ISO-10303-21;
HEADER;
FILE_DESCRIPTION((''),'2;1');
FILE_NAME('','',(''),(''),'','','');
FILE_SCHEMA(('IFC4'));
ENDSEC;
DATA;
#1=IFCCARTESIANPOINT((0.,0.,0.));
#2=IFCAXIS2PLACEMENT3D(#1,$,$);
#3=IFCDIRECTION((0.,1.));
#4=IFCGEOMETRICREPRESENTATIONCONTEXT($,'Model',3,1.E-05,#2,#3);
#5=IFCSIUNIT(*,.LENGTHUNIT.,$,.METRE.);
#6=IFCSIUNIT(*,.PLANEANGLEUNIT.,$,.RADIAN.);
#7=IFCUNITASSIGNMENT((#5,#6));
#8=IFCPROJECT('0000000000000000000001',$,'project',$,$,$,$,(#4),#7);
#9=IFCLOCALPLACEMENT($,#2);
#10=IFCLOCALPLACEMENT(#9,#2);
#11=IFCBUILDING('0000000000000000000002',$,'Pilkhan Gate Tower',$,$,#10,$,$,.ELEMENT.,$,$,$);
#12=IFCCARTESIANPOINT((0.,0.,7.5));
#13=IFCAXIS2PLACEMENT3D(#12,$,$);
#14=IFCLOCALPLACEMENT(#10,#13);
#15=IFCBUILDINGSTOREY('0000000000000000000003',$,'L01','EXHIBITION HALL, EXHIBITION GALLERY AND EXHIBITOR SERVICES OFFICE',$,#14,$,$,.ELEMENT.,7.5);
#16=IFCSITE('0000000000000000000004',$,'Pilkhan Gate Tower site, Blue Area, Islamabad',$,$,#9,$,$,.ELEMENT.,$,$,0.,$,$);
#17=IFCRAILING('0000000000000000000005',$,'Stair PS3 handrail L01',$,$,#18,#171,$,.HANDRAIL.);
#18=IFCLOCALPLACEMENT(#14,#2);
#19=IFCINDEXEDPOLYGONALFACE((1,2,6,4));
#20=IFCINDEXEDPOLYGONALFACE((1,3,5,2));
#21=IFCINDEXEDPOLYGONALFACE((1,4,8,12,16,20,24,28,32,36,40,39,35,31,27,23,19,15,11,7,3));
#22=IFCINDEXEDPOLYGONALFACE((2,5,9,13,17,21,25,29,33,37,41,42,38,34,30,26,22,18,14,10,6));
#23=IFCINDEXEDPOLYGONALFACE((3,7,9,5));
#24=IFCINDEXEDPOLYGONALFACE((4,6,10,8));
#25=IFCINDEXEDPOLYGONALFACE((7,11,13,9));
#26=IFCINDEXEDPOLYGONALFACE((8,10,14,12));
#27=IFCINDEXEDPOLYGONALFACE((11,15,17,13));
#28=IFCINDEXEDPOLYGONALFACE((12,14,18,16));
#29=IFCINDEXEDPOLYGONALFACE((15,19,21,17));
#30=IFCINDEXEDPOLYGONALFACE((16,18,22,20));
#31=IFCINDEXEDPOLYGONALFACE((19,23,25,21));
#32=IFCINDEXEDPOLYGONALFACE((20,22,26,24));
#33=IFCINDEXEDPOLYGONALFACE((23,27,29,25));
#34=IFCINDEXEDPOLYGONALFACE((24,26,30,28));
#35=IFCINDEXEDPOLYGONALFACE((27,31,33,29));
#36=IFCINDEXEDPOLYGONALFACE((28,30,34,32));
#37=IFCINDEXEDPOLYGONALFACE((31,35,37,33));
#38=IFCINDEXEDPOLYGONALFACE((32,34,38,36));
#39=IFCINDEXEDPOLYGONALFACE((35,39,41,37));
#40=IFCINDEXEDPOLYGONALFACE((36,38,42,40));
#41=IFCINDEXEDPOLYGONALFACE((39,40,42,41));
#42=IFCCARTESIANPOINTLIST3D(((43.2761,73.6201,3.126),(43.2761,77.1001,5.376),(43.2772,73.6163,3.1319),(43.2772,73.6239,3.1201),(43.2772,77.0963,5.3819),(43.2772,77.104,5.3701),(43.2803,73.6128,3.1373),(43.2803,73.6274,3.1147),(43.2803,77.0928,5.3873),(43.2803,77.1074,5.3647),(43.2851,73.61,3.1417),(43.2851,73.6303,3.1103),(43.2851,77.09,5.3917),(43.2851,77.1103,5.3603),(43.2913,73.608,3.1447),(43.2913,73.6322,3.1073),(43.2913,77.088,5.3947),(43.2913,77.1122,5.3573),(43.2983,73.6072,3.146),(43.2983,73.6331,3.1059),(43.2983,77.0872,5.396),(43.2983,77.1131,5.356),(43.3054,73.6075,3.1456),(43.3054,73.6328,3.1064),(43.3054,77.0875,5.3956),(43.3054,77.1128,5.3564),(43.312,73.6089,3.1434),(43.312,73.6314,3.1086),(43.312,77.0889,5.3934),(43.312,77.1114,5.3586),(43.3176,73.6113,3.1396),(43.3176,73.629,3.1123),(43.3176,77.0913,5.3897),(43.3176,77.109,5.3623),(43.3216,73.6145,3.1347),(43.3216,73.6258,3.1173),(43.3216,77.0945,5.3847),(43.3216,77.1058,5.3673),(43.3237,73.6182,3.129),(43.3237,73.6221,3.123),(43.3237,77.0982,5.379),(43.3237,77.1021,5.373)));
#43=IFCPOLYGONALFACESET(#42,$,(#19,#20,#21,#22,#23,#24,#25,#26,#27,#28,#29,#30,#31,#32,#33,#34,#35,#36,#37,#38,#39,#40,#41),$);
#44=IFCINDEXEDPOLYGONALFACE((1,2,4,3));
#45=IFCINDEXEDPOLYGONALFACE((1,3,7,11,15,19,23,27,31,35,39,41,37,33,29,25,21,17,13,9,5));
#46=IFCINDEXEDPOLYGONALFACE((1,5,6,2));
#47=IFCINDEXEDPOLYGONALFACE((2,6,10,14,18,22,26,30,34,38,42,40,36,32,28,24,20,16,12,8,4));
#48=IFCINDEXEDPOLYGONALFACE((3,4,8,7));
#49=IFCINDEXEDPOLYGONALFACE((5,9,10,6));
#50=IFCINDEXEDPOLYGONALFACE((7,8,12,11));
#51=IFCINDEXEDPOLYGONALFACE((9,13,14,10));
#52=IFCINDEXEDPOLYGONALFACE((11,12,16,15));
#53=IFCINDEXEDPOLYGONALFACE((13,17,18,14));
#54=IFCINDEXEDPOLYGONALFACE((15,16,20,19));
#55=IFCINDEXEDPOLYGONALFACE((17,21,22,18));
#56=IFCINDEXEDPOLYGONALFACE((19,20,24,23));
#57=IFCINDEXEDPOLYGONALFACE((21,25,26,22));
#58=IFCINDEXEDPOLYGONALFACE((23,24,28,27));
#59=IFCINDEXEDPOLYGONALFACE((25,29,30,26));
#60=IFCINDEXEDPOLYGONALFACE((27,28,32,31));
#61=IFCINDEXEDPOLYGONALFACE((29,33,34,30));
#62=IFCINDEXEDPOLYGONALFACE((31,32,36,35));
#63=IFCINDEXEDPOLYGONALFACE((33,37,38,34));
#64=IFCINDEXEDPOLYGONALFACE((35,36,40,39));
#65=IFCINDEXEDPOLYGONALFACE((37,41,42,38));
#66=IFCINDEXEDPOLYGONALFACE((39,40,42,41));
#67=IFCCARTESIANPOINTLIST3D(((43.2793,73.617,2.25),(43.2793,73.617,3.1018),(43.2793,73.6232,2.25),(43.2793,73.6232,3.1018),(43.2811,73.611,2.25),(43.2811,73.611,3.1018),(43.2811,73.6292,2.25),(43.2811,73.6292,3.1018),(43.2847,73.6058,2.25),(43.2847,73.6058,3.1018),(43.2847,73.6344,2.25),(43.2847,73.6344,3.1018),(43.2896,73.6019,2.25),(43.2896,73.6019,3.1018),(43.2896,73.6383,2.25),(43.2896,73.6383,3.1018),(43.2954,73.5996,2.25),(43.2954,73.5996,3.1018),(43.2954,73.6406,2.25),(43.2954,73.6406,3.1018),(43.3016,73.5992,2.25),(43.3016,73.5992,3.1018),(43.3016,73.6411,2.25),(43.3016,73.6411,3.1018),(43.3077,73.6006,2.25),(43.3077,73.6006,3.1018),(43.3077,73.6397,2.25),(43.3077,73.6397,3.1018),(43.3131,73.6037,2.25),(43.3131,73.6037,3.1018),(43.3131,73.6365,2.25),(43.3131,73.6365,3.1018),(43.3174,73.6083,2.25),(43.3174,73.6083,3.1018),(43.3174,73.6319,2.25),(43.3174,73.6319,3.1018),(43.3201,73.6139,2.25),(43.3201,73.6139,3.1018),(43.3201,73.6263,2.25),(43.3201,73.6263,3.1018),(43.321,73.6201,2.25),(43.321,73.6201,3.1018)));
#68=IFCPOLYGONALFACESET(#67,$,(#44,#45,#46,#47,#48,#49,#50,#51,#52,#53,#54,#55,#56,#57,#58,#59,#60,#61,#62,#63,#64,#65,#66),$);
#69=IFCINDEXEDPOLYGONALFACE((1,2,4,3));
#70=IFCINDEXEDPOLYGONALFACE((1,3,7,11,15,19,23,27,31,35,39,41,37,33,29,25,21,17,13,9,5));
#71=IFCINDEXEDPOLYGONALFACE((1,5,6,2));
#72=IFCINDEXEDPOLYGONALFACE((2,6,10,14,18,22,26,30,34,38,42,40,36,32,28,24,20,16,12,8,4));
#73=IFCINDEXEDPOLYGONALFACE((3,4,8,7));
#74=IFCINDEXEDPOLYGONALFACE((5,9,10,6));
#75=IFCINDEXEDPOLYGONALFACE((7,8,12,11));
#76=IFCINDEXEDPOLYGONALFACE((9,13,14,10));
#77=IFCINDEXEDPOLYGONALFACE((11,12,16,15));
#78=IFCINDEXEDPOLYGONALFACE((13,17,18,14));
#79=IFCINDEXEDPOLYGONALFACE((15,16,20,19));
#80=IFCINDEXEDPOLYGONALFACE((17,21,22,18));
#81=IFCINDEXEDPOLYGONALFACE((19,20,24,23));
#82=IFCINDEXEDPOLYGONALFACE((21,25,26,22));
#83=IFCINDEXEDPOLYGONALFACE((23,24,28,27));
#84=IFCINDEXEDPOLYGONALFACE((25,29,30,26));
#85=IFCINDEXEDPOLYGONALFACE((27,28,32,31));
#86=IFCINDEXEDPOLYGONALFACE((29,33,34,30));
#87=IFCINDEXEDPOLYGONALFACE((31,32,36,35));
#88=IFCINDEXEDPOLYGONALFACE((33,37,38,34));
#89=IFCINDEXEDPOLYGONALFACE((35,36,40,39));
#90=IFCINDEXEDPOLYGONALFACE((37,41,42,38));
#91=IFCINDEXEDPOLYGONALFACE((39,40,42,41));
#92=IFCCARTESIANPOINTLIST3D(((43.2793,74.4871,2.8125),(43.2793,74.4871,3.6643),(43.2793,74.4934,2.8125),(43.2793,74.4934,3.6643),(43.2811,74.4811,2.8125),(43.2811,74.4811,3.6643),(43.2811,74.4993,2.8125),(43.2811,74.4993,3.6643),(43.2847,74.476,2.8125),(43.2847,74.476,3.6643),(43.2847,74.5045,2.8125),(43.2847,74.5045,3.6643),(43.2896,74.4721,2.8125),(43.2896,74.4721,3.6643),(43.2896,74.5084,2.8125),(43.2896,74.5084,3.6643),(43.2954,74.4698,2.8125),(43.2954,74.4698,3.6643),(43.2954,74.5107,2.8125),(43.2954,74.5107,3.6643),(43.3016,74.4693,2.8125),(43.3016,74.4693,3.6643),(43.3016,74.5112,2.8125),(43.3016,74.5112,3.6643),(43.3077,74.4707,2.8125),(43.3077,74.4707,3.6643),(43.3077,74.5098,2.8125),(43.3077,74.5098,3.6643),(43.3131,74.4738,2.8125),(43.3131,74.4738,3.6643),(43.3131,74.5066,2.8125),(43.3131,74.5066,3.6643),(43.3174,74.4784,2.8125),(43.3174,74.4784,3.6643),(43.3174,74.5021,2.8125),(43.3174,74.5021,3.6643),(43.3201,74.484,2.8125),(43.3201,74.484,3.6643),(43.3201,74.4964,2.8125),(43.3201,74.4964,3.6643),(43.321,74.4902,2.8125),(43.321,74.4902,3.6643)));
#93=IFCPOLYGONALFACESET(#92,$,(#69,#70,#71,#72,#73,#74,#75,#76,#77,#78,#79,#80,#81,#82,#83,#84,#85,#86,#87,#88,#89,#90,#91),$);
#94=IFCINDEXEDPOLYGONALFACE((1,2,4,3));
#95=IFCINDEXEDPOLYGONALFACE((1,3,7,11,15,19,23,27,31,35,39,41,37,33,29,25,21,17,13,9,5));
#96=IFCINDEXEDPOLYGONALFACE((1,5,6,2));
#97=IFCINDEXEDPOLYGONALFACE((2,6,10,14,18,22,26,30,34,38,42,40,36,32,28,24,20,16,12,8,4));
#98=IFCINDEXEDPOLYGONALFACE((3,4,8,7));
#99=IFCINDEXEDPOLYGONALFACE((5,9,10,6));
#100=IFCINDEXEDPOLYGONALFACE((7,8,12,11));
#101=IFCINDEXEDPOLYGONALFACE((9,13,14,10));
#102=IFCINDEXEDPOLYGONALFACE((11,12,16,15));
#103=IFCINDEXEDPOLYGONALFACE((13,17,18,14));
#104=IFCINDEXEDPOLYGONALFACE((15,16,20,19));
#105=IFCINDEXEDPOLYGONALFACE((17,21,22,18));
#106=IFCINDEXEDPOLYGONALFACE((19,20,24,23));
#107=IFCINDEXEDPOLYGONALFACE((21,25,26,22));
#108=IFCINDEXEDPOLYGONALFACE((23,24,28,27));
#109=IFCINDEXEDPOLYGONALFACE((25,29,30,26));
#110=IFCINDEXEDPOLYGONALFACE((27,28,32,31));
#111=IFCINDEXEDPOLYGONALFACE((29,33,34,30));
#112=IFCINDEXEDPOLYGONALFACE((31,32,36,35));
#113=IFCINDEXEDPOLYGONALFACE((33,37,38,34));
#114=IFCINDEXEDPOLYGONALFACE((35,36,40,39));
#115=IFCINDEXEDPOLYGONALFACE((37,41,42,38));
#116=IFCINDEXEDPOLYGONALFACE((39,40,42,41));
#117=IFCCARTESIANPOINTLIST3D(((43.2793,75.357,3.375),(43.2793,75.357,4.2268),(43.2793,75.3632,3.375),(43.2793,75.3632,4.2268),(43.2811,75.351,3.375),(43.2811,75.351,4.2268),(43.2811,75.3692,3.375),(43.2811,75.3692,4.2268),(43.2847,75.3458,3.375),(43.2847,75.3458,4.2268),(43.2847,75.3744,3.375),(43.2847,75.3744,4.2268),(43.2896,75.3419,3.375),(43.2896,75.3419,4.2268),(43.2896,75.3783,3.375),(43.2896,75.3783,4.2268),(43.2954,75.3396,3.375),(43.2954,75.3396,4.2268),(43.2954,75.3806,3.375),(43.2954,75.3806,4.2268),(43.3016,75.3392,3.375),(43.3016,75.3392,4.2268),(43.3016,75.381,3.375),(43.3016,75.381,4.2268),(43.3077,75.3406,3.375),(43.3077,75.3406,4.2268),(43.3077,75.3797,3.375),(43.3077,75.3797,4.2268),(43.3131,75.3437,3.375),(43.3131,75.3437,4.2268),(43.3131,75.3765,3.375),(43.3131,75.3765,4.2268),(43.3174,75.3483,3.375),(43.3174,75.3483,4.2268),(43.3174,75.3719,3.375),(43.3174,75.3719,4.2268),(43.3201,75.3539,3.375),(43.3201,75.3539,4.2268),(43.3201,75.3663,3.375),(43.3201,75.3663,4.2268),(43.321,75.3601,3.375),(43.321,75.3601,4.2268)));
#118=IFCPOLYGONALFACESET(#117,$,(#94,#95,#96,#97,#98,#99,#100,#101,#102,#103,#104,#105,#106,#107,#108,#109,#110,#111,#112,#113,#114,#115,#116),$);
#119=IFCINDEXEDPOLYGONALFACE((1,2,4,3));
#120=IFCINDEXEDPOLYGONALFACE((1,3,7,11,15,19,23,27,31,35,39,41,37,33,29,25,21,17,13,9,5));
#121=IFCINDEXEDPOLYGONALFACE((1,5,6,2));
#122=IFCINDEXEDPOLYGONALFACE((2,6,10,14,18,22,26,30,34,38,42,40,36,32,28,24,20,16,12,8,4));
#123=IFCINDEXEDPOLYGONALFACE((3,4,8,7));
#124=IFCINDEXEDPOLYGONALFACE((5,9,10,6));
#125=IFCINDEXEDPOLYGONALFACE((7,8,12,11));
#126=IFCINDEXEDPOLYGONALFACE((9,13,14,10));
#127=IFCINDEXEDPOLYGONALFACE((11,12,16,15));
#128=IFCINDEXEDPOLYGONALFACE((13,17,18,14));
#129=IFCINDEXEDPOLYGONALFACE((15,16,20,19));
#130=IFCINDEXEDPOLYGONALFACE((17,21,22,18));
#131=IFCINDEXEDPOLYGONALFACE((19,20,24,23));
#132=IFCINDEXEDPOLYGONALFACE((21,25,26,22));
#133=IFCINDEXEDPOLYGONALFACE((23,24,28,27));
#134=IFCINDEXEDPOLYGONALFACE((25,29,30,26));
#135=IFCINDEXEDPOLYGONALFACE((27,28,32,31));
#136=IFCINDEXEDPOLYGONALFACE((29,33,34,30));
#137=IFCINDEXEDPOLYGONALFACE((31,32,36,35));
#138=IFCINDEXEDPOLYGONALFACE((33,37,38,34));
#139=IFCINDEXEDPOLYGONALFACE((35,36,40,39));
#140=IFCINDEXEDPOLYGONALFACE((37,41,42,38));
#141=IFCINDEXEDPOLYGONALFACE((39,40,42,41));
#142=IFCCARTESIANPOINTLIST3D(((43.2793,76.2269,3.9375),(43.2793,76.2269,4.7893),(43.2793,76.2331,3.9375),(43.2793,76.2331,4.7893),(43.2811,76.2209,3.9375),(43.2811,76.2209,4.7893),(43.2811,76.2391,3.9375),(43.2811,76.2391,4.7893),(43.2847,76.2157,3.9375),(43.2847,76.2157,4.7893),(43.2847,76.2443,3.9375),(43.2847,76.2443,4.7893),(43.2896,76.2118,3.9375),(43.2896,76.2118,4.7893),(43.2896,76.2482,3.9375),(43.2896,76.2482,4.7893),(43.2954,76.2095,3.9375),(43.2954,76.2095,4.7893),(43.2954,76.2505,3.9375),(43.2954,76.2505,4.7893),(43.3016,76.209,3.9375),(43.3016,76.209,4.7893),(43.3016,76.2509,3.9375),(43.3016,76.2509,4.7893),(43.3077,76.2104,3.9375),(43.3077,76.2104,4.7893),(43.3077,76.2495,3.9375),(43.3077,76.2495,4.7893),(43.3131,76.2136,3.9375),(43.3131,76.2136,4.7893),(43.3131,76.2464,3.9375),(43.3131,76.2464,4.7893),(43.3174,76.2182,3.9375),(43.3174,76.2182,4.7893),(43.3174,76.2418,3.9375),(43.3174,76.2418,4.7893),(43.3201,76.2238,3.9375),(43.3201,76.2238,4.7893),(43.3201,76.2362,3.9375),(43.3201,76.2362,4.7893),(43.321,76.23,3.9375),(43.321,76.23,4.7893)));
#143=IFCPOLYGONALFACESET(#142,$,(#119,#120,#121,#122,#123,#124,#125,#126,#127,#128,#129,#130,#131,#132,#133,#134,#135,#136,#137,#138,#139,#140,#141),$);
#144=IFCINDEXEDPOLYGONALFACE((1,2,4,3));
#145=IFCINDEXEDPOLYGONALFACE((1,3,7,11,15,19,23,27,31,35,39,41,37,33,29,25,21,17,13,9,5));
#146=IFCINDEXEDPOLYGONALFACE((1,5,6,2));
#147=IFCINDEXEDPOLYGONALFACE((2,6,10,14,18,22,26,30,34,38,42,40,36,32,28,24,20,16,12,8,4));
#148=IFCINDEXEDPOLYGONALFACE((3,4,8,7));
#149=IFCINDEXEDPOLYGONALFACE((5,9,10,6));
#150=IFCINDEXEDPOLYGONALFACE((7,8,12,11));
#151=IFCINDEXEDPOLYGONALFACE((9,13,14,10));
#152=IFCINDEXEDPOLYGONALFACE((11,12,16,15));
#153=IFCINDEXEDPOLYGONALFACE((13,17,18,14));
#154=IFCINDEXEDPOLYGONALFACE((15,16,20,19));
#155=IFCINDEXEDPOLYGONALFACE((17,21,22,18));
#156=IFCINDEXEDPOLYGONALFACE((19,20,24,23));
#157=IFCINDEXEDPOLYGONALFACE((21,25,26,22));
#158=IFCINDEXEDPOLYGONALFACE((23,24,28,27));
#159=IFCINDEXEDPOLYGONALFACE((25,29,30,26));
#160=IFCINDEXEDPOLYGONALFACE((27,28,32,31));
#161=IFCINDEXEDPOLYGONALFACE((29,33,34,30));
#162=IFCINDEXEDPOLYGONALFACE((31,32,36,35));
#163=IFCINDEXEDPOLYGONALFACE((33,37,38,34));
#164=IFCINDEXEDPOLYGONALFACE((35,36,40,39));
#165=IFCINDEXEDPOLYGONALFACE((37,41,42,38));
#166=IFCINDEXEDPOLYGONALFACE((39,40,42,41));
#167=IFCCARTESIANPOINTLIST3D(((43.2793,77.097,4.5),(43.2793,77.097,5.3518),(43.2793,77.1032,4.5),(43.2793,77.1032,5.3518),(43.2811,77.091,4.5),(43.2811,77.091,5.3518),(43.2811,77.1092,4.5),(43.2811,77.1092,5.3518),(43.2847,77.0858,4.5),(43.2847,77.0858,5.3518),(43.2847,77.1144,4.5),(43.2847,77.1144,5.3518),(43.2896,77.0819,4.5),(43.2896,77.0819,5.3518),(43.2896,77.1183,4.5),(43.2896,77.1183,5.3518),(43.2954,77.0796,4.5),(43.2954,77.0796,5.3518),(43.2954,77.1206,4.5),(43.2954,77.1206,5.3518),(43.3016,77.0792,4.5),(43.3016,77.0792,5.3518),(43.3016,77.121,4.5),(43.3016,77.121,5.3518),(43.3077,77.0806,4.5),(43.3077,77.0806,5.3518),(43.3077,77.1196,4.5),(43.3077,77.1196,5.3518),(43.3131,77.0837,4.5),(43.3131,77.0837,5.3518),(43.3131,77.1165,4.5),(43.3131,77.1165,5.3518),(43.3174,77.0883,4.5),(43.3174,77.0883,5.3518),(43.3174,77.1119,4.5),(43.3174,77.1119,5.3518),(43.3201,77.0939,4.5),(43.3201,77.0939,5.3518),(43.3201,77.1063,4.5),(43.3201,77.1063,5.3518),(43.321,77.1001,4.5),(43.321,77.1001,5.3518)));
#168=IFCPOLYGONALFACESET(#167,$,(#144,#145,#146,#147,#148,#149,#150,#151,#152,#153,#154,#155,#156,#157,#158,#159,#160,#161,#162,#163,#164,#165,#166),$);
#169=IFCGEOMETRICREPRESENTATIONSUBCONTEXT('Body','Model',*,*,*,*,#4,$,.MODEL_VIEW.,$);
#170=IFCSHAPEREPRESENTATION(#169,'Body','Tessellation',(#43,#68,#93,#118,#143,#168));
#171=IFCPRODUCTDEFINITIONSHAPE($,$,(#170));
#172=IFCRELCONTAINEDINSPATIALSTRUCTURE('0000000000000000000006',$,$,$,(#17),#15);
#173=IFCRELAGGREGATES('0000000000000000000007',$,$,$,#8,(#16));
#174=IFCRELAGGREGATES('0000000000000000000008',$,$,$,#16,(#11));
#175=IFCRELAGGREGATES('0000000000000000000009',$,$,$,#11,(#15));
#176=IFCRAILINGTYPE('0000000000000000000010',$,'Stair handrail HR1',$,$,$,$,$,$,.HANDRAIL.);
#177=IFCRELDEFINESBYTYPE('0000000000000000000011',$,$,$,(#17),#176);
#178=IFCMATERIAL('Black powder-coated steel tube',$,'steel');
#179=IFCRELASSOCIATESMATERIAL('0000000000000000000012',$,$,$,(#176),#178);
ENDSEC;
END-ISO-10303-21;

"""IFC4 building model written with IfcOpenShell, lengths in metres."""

from ifc_helpers import new_model, si_unit, direction, frame, origin, origin_2d, place, context, subcontext, project, spatial, circle, extrude, material, type_object, element, save


model = new_model("IFC4")

# Units and contexts
model_context = context("Model", 3, precision=1e-05, world=origin(), true_north=direction((0.0, 1.0)))
body_context = subcontext(model_context, "Body", "Model", "MODEL_VIEW")
ifc_project = project(units=[si_unit("LENGTHUNIT", "METRE"), si_unit("PLANEANGLEUNIT", "RADIAN")], contexts=[model_context])

# Site, building, storey
site_placement = place(None, origin())
site = spatial("IfcSite", under=ifc_project, at=site_placement, Name="Pilkhan Gate Tower site, Blue Area, Islamabad", CompositionType="ELEMENT", RefElevation=0.0)
building_placement = place(site_placement, origin())
building = spatial("IfcBuilding", under=site, at=building_placement, Name="Pilkhan Gate Tower", CompositionType="ELEMENT")
storey_placement = place(building_placement, frame((0.0, 0.0, 7.5)))
storey = spatial("IfcBuildingStorey", under=building, at=storey_placement, Name="L01", Description="EXHIBITION HALL, EXHIBITION GALLERY AND EXHIBITOR SERVICES OFFICE", CompositionType="ELEMENT", Elevation=7.5)

# Railing
ifc_material_1 = material(Name="Black powder-coated steel tube", Category="steel")
railing_type_1 = type_object("IfcRailingType", Name="Stair handrail HR1", PredefinedType="HANDRAIL", material=ifc_material_1)
railing_1_placement = place(storey_placement, frame((43.3, 73.6201, 2.25)))
element("IfcRailing", 1, at=railing_1_placement, inside=storey, type_object=railing_type_1, Name="Stair PS3 handrail L01", PredefinedType="HANDRAIL", context=body_context, shape_type="SweptSolid", body=[
    extrude(circle(Radius=0.0239, at=origin_2d()), frame((0.0, 0.0, 0.876), z_axis=(0.0, 0.839763, 0.542953), x_axis=(-1.0, 0.0, 0.0)), (0.0, 0.0, 1.0), 4.144),
    extrude(circle(Radius=0.021, at=origin_2d()), origin(), (0.0, 0.0, 1.0), 0.8518),
    extrude(circle(Radius=0.021, at=origin_2d()), frame((0.0, 0.8701, 0.5625)), (0.0, 0.0, 1.0), 0.8518),
    extrude(circle(Radius=0.021, at=origin_2d()), frame((0.0, 1.74, 1.125)), (0.0, 0.0, 1.0), 0.8518),
    extrude(circle(Radius=0.021, at=origin_2d()), frame((0.0, 2.6099, 1.6875)), (0.0, 0.0, 1.0), 0.8518),
    extrude(circle(Radius=0.021, at=origin_2d()), frame((0.0, 3.48, 2.25)), (0.0, 0.0, 1.0), 0.8518),
])

save(model, "model.ifc")
